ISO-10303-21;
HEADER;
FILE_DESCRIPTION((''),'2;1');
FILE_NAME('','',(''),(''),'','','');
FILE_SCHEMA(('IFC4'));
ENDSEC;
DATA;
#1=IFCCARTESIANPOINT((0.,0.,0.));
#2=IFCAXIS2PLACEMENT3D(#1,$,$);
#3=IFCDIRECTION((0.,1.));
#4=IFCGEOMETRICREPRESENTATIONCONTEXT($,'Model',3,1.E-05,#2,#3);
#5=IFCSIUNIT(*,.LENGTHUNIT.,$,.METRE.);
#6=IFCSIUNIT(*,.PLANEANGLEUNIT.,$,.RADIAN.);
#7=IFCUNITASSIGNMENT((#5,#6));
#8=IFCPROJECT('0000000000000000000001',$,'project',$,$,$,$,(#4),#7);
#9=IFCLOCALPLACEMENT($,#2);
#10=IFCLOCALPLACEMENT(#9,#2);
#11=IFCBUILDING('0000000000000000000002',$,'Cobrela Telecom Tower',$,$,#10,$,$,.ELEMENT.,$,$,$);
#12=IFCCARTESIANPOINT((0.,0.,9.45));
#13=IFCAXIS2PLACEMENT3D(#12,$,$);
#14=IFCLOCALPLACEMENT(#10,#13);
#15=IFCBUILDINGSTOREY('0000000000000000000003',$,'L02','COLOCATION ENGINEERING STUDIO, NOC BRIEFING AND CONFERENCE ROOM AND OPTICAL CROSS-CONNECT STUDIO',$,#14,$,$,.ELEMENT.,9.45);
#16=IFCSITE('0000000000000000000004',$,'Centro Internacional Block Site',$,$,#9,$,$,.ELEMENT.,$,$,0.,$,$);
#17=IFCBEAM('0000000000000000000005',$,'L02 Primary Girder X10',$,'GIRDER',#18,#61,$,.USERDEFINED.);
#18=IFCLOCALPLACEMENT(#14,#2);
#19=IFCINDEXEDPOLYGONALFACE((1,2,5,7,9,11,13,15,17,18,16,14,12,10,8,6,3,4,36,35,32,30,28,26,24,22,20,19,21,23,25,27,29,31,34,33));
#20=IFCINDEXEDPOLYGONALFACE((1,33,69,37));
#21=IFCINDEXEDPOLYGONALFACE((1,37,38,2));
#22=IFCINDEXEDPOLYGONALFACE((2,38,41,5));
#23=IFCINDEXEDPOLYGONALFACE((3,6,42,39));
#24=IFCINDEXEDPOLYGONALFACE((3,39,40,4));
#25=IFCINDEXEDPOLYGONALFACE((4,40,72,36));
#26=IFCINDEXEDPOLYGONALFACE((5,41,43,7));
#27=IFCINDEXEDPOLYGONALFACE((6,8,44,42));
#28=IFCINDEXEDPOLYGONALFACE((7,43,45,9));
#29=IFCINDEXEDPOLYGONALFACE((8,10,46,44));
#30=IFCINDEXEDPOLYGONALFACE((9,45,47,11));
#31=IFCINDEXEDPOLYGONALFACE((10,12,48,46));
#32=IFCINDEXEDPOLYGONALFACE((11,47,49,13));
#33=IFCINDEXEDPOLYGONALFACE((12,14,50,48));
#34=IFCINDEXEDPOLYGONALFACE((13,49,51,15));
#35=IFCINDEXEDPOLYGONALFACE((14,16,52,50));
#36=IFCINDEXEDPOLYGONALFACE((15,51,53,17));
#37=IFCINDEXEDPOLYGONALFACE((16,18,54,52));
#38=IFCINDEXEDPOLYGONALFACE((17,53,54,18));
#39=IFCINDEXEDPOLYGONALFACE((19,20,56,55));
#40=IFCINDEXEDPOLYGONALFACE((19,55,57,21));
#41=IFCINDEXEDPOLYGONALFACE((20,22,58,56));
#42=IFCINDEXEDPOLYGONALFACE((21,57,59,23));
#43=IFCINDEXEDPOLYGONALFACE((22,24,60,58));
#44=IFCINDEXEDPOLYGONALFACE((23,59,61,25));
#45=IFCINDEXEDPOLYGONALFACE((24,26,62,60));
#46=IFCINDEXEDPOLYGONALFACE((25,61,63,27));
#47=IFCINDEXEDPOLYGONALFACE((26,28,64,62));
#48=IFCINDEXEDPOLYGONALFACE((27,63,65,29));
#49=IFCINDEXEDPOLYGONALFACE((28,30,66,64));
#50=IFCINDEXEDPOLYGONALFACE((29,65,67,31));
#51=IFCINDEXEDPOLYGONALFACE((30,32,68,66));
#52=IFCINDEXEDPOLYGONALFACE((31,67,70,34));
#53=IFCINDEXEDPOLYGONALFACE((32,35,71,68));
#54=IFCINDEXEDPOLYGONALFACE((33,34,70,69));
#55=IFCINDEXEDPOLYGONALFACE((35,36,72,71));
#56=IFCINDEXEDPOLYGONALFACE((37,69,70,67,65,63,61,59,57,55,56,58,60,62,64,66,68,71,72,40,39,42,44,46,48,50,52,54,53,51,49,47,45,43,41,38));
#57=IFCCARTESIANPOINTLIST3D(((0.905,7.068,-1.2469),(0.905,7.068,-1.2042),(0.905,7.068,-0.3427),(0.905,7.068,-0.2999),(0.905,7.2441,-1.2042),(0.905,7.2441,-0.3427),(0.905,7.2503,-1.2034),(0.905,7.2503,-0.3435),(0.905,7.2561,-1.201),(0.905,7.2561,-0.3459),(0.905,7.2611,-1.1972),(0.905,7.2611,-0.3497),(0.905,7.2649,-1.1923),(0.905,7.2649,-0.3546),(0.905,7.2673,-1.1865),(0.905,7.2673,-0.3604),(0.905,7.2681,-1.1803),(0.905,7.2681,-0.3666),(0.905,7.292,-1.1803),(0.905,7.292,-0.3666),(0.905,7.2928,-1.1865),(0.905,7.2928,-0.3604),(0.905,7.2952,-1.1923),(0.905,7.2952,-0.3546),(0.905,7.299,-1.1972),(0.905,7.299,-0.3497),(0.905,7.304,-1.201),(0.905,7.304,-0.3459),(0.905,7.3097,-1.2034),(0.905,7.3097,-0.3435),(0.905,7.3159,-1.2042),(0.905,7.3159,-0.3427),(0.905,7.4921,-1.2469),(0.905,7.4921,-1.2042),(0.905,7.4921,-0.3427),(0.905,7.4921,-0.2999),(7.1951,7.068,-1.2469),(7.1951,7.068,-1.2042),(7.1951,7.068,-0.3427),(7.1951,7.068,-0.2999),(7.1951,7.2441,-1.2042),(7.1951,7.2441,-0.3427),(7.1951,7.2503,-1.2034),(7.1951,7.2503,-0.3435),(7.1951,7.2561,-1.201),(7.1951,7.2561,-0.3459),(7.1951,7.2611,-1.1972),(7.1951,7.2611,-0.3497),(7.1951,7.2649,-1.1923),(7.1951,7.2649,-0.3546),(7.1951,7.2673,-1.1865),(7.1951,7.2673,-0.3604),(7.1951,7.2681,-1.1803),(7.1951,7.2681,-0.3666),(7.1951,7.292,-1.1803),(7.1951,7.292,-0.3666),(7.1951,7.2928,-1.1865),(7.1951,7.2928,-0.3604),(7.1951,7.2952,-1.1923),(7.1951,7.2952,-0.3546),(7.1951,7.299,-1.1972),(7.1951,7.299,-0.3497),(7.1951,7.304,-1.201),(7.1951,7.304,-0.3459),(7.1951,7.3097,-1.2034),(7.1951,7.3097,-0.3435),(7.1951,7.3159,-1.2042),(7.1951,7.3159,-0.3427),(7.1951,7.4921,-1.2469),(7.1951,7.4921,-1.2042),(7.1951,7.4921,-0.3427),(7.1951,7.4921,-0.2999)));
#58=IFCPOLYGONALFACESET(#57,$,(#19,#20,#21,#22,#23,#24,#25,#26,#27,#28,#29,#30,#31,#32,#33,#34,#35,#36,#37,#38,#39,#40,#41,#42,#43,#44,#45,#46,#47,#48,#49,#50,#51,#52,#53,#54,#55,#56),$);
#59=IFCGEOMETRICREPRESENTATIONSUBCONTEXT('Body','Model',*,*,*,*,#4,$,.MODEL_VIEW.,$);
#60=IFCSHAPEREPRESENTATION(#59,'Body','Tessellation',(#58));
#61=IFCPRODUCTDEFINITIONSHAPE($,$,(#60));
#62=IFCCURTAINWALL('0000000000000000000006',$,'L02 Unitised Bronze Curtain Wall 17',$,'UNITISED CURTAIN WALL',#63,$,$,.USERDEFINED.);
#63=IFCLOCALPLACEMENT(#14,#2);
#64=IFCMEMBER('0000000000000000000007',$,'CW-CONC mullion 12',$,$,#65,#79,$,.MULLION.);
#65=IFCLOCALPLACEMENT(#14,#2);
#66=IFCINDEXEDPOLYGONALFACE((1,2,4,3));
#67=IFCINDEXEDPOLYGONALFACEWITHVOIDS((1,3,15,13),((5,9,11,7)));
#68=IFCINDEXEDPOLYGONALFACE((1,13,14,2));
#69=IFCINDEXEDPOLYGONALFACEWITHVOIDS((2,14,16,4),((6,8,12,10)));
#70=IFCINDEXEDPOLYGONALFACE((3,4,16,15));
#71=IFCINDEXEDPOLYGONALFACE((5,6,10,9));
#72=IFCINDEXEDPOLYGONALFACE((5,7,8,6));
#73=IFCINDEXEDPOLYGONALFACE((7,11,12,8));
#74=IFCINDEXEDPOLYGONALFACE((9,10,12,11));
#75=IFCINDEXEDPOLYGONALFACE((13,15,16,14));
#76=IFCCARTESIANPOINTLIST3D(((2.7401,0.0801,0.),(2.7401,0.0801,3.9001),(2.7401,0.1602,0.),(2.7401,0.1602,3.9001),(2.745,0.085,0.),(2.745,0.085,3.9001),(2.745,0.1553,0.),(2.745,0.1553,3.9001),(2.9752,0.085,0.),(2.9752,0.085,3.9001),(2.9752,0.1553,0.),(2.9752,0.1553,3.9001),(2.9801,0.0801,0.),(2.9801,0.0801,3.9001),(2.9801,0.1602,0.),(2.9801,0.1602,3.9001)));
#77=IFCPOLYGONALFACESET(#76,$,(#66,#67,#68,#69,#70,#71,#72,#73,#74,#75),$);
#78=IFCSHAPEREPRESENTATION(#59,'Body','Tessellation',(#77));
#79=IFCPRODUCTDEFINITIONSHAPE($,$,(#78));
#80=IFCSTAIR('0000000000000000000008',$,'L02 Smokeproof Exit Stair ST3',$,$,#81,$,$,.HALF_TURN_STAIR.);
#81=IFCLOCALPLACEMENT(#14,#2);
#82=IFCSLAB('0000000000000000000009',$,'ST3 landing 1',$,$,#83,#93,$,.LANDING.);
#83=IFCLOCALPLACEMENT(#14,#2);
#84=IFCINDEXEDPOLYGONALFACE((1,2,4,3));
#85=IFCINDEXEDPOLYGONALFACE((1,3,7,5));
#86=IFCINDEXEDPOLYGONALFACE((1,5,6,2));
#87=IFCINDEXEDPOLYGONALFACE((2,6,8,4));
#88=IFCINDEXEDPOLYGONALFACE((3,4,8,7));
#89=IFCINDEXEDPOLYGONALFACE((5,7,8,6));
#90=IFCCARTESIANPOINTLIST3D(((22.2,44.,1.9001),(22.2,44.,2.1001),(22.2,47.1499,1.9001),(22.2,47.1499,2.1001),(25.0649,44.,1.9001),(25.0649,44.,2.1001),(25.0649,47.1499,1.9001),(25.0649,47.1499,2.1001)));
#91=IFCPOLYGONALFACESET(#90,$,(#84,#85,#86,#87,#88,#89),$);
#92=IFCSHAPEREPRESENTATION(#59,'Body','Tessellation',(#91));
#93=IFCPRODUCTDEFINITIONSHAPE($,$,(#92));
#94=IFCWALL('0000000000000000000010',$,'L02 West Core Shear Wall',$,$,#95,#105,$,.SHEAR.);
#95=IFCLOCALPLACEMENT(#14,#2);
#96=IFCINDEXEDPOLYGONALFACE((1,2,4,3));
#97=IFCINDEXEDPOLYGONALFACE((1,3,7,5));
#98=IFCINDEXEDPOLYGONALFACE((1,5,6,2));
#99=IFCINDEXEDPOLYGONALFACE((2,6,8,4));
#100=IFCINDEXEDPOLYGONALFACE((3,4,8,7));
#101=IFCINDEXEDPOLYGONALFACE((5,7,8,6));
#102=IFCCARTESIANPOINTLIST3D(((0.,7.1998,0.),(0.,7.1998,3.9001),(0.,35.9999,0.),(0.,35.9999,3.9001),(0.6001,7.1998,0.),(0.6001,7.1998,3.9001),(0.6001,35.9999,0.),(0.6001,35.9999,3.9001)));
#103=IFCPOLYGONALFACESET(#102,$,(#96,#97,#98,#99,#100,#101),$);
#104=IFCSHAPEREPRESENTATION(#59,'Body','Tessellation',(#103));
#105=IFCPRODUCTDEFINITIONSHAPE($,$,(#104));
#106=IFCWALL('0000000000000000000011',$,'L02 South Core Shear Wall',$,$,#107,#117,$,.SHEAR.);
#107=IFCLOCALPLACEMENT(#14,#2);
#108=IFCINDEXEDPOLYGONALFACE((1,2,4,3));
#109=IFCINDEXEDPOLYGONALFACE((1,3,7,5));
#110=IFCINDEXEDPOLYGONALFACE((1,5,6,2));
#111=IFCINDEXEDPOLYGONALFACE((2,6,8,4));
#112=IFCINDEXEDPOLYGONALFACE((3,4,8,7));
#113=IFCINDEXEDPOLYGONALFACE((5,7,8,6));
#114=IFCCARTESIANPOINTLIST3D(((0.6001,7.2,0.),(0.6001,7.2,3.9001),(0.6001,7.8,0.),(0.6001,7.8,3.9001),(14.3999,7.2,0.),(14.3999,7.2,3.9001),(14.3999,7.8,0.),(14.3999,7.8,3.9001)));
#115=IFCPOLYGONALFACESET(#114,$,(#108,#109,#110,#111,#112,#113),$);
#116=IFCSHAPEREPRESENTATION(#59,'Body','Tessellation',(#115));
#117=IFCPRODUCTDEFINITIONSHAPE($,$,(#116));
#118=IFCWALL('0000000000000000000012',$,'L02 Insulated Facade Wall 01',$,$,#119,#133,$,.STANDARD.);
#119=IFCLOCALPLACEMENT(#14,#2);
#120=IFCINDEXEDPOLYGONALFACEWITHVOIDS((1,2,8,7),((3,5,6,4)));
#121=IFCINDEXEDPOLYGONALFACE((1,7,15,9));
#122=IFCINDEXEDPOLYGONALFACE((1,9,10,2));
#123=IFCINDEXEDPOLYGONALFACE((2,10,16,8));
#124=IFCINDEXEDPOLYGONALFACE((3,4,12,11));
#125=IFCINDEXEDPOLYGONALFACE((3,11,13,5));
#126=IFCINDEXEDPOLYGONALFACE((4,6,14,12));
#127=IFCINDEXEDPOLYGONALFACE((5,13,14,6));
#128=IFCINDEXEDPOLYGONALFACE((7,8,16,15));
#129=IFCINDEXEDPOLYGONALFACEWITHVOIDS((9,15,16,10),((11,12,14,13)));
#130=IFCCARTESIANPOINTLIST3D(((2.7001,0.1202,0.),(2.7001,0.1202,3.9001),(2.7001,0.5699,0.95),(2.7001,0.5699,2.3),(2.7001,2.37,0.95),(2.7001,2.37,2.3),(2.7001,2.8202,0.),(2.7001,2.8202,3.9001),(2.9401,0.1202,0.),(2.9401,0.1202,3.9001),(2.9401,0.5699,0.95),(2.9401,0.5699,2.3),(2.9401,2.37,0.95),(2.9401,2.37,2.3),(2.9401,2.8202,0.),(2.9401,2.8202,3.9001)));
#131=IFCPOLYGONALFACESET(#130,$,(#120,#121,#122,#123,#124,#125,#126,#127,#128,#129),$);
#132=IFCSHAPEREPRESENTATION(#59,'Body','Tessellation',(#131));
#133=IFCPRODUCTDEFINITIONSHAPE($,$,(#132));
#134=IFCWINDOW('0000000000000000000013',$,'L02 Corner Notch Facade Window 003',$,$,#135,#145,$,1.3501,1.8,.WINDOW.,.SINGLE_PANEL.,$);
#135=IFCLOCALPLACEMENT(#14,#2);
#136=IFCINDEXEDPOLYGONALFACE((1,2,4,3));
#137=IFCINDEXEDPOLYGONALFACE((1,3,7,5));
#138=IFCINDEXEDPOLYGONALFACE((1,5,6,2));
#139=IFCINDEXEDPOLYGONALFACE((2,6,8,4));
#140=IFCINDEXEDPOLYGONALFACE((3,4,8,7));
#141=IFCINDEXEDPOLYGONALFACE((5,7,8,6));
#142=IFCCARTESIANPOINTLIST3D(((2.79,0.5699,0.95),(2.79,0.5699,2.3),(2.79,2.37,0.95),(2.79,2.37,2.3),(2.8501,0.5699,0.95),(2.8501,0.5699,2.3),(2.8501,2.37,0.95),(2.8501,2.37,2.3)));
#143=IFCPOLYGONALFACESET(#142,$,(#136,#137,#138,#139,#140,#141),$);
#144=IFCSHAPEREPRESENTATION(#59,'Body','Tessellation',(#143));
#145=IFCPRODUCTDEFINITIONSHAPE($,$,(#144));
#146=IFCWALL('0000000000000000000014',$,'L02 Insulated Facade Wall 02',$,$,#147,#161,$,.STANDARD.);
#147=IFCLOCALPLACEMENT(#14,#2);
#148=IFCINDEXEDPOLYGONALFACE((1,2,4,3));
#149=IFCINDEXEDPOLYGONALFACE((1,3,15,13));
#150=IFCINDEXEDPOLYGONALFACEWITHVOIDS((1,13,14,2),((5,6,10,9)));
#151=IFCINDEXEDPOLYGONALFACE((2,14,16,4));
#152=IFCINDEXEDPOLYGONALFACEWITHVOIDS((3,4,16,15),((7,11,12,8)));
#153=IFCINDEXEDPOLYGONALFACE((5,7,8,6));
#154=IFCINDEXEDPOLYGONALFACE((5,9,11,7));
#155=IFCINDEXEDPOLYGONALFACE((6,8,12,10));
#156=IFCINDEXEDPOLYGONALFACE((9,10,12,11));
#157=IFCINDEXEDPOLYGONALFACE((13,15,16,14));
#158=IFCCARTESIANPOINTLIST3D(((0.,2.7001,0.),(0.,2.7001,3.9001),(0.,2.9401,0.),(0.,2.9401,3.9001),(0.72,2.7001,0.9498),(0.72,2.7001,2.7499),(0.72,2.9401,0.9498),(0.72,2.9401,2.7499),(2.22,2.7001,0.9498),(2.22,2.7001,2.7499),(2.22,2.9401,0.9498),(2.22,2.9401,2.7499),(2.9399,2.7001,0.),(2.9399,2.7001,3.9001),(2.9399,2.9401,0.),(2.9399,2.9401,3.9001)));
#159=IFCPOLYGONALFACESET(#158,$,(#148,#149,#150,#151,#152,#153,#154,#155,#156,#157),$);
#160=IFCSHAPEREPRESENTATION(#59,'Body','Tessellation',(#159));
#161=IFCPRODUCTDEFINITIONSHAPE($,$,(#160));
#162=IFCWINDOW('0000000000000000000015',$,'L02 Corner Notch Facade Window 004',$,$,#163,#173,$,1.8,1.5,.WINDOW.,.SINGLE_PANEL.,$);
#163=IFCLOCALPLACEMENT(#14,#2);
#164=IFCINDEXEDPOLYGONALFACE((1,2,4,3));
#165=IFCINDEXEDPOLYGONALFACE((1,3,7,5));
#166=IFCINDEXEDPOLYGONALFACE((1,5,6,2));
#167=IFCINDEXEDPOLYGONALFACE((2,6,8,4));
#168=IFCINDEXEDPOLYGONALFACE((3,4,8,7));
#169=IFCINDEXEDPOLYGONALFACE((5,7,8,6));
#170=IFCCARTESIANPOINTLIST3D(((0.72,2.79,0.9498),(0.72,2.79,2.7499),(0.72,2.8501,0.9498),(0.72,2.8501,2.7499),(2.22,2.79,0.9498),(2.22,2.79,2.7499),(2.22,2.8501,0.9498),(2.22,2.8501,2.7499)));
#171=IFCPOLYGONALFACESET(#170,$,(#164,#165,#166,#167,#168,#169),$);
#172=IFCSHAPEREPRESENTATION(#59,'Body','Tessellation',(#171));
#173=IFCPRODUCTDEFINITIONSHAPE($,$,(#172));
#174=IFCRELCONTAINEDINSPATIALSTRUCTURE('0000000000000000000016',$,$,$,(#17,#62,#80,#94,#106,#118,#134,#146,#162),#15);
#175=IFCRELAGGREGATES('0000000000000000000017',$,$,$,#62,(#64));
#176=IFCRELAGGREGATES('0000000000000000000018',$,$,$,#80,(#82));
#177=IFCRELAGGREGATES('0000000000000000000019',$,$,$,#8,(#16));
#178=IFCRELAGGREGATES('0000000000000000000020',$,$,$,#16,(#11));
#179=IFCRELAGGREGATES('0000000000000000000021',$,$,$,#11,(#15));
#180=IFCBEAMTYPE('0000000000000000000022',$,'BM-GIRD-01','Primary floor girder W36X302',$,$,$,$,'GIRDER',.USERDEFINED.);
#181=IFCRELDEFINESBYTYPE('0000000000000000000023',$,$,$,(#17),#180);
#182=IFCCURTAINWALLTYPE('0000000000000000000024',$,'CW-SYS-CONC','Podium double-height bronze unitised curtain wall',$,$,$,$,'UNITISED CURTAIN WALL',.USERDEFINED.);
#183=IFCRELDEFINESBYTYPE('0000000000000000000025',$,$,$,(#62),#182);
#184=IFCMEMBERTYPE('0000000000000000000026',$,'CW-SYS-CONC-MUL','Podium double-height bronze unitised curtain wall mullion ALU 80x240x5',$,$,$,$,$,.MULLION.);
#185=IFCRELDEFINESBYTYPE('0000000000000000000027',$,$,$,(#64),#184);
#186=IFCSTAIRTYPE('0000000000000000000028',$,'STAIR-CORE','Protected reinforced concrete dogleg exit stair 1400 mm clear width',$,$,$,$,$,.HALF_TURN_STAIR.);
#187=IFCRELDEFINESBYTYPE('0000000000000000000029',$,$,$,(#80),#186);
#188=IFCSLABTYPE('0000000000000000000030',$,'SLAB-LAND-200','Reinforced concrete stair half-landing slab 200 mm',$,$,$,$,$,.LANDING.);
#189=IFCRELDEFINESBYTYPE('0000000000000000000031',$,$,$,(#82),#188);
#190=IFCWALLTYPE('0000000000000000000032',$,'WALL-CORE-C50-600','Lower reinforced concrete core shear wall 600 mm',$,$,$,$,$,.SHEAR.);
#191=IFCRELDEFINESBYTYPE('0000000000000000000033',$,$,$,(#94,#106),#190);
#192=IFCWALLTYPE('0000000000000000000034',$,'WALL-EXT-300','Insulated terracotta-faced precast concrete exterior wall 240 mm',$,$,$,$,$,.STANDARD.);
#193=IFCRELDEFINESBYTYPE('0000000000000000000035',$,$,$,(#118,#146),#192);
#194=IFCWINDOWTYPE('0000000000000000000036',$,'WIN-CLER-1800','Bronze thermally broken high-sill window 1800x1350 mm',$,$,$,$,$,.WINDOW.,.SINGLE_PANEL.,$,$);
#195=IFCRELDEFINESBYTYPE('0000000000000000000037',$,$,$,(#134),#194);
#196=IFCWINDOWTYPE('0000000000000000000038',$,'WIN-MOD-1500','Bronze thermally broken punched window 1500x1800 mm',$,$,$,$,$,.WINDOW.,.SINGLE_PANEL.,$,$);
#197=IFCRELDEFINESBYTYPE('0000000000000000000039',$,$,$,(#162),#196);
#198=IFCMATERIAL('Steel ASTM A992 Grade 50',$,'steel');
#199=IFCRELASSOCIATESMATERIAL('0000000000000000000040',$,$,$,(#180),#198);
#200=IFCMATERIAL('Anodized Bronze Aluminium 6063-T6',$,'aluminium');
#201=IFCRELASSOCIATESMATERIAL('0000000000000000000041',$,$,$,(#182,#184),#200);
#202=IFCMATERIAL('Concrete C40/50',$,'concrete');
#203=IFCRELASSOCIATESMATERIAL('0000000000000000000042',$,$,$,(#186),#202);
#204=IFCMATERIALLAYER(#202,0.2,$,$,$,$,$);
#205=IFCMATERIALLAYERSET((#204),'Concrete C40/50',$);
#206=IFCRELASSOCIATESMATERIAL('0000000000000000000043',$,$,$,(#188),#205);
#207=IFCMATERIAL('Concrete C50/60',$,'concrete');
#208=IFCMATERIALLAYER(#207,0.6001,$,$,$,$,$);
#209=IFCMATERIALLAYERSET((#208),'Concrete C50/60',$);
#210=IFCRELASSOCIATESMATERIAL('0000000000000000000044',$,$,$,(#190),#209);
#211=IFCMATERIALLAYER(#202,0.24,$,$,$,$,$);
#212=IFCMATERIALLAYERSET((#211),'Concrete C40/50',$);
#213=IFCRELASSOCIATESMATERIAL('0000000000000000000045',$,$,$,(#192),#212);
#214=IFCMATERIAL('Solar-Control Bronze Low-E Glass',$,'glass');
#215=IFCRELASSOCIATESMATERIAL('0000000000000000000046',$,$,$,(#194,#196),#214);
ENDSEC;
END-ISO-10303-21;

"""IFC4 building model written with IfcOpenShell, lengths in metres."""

from ifc_helpers import new_model, si_unit, direction, frame, frame_2d, origin, origin_2d, place, context, subcontext, project, spatial, polyline, rectangle, hollow_rectangle, i_section, outline, extrude, material, layer, layer_set, material_profile, profile_set, type_object, element, fill, aggregate, save


model = new_model("IFC4")

# Units and contexts
model_context = context("Model", 3, precision=1e-05, world=origin(), true_north=direction((0.0, 1.0)))
body_context = subcontext(model_context, "Body", "Model", "MODEL_VIEW")
ifc_project = project(units=[si_unit("LENGTHUNIT", "METRE"), si_unit("PLANEANGLEUNIT", "RADIAN")], contexts=[model_context])

# Site, building, storey
site_placement = place(None, origin())
site = spatial("IfcSite", under=ifc_project, at=site_placement, Name="Centro Internacional Block Site", CompositionType="ELEMENT", RefElevation=0.0)
building_placement = place(site_placement, origin())
building = spatial("IfcBuilding", under=site, at=building_placement, Name="Cobrela Telecom Tower", CompositionType="ELEMENT")
storey_placement = place(building_placement, frame((0.0, 0.0, 9.45)))
storey = spatial("IfcBuildingStorey", under=building, at=storey_placement, Name="L02", Description="COLOCATION ENGINEERING STUDIO, NOC BRIEFING AND CONFERENCE ROOM AND OPTICAL CROSS-CONNECT STUDIO", CompositionType="ELEMENT", Elevation=9.45)

# Beam
ifc_material_1 = material(Name="Steel ASTM A992 Grade 50", Category="steel")
ifc_material_profile_1 = material_profile(ifc_material_1, i_section(OverallWidth=0.4241, OverallDepth=0.947, WebThickness=0.0239, FlangeThickness=0.0427, FilletRadius=0.0239, at=origin_2d()), Name="W36X302")
ifc_profile_set_1 = profile_set([ifc_material_profile_1], Name="Steel ASTM A992 Grade 50")
beam_type = type_object("IfcBeamType", Name="BM-GIRD-01", Description="Primary floor girder W36X302", ElementType="GIRDER", PredefinedType="USERDEFINED", material=ifc_profile_set_1)
beam_placement = place(storey_placement, frame((0.905, 7.28, -0.7734), z_axis=(1.0, 0.0, 0.0), x_axis=(0.0, 1.0, 0.0)))
element("IfcBeam", 1, at=beam_placement, inside=storey, type_object=beam_type, Name="L02 Primary Girder X10", ObjectType="GIRDER", PredefinedType="USERDEFINED", context=body_context, shape_type="SweptSolid", body=[
    extrude(i_section(OverallWidth=0.4241, OverallDepth=0.947, WebThickness=0.0239, FlangeThickness=0.0427, FilletRadius=0.0239, at=origin_2d()), origin(), (0.0, 0.0, 1.0), 6.29),
])

# Curtain wall, member
ifc_material_2 = material(Name="Anodized Bronze Aluminium 6063-T6", Category="aluminium")
curtain_wall_type = type_object("IfcCurtainWallType", Name="CW-SYS-CONC", Description="Podium double-height bronze unitised curtain wall", ElementType="UNITISED CURTAIN WALL", PredefinedType="USERDEFINED", material=ifc_material_2)
curtain_wall_placement = place(storey_placement, origin())
curtain_wall = element("IfcCurtainWall", 2, at=curtain_wall_placement, inside=storey, type_object=curtain_wall_type, Name="L02 Unitised Bronze Curtain Wall 17", ObjectType="UNITISED CURTAIN WALL", PredefinedType="USERDEFINED")
ifc_material_profile_2 = material_profile(ifc_material_2, hollow_rectangle(XDim=0.0801, YDim=0.24, WallThickness=0.0049, at=origin_2d()), Name="ALU 80x240x5")
ifc_profile_set_2 = profile_set([ifc_material_profile_2], Name="Anodized Bronze Aluminium 6063-T6")
member_type = type_object("IfcMemberType", Name="CW-SYS-CONC-MUL", Description="Podium double-height bronze unitised curtain wall mullion ALU 80x240x5", PredefinedType="MULLION", material=ifc_profile_set_2)
member_placement = place(storey_placement, frame((2.8601, 0.1201, 0.0), z_axis=(0.0, 0.0, 1.0), x_axis=(0.0, -1.0, 0.0)))
member = element("IfcMember", 3, at=member_placement, type_object=member_type, Name="CW-CONC mullion 12", PredefinedType="MULLION", context=body_context, shape_type="SweptSolid", body=[
    extrude(hollow_rectangle(XDim=0.0801, YDim=0.24, WallThickness=0.0049, at=origin_2d()), origin(), (0.0, 0.0, 1.0), 3.9001),
])
aggregate(curtain_wall, [member])

# Stair, slab
ifc_material_3 = material(Name="Concrete C40/50", Category="concrete")
stair_type = type_object("IfcStairType", Name="STAIR-CORE", Description="Protected reinforced concrete dogleg exit stair 1400 mm clear width", PredefinedType="HALF_TURN_STAIR", material=ifc_material_3)
stair_placement = place(storey_placement, origin())
stair = element("IfcStair", 4, at=stair_placement, inside=storey, type_object=stair_type, Name="L02 Smokeproof Exit Stair ST3", PredefinedType="HALF_TURN_STAIR")
ifc_layer_1 = layer(ifc_material_3, 0.2)
ifc_layer_set_1 = layer_set([ifc_layer_1], Name="Concrete C40/50")
slab_type = type_object("IfcSlabType", Name="SLAB-LAND-200", Description="Reinforced concrete stair half-landing slab 200 mm", PredefinedType="LANDING", material=ifc_layer_set_1)
slab_placement = place(storey_placement, frame((0.0, 0.0, 1.9001)))
slab = element("IfcSlab", 5, at=slab_placement, type_object=slab_type, Name="ST3 landing 1", PredefinedType="LANDING", context=body_context, shape_type="SweptSolid", body=[
    extrude(outline(polyline([(25.0649, 47.1499), (22.2, 47.1499), (22.2, 44.0), (25.0649, 44.0), (25.0649, 47.1499)])), origin(), (0.0, 0.0, 1.0), 0.2),
])
aggregate(stair, [slab])

# Walls
ifc_material_4 = material(Name="Concrete C50/60", Category="concrete")
ifc_layer_2 = layer(ifc_material_4, 0.6001)
ifc_layer_set_2 = layer_set([ifc_layer_2], Name="Concrete C50/60")
wall_type_1 = type_object("IfcWallType", Name="WALL-CORE-C50-600", Description="Lower reinforced concrete core shear wall 600 mm", PredefinedType="SHEAR", material=ifc_layer_set_2)
wall_1_placement = place(storey_placement, frame((0.3, 7.2, 0.0), z_axis=(0.0, 0.0, 1.0), x_axis=(0.0, 1.0, 0.0)))
element("IfcWall", 6, at=wall_1_placement, inside=storey, type_object=wall_type_1, Name="L02 West Core Shear Wall", PredefinedType="SHEAR", context=body_context, shape_type="SweptSolid", body=[
    extrude(rectangle(XDim=28.8, YDim=0.6001, at=frame_2d((14.3999, 0.0))), origin(), (0.0, 0.0, 1.0), 3.9001),
])
wall_2_placement = place(storey_placement, frame((0.6001, 7.5, 0.0), z_axis=(0.0, 0.0, 1.0), x_axis=(1.0, 0.0, 0.0)))
element("IfcWall", 7, at=wall_2_placement, inside=storey, type_object=wall_type_1, Name="L02 South Core Shear Wall", PredefinedType="SHEAR", context=body_context, shape_type="SweptSolid", body=[
    extrude(rectangle(XDim=13.7998, YDim=0.6001, at=frame_2d((6.8999, 0.0))), origin(), (0.0, 0.0, 1.0), 3.9001),
])

# Walls, openings, windows
ifc_layer_3 = layer(ifc_material_3, 0.24)
ifc_layer_set_3 = layer_set([ifc_layer_3], Name="Concrete C40/50")
wall_type_2 = type_object("IfcWallType", Name="WALL-EXT-300", Description="Insulated terracotta-faced precast concrete exterior wall 240 mm", PredefinedType="STANDARD", material=ifc_layer_set_3)
wall_3_placement = place(storey_placement, frame((2.8201, 0.1201, 0.0), z_axis=(0.0, 0.0, 1.0), x_axis=(0.0, 1.0, 0.0)))
wall_3 = element("IfcWall", 8, at=wall_3_placement, inside=storey, type_object=wall_type_2, Name="L02 Insulated Facade Wall 01", PredefinedType="STANDARD", context=body_context, shape_type="SweptSolid", body=[
    extrude(rectangle(XDim=2.7, YDim=0.24, at=frame_2d((1.3501, 0.0))), origin(), (0.0, 0.0, 1.0), 3.9001),
])
opening_1_placement = place(wall_3_placement, frame((0.45, 0.0, 0.95)))
opening_1 = element("IfcOpeningElement", 9, at=opening_1_placement, cuts=wall_3, PredefinedType="OPENING", context=body_context, shape_type="SweptSolid", body=[
    extrude(rectangle(XDim=1.8, YDim=1.3501, at=frame_2d((0.8999, 0.675))), frame((0.0, 0.1318, 0.0), z_axis=(0.0, -1.0, 0.0), x_axis=(1.0, 0.0, 0.0)), (0.0, 0.0, 1.0), 0.2639),
])
ifc_material_5 = material(Name="Solar-Control Bronze Low-E Glass", Category="glass")
window_type_1 = type_object("IfcWindowType", Name="WIN-CLER-1800", Description="Bronze thermally broken high-sill window 1800x1350 mm", PartitioningType="SINGLE_PANEL", PredefinedType="WINDOW", material=ifc_material_5)
window_1_placement = place(opening_1_placement, origin())
window_1 = element("IfcWindow", 10, at=window_1_placement, inside=storey, type_object=window_type_1, Name="L02 Corner Notch Facade Window 003", OverallHeight=1.3501, OverallWidth=1.8, PartitioningType="SINGLE_PANEL", PredefinedType="WINDOW", context=body_context, shape_type="SweptSolid", body=[
    extrude(rectangle(XDim=1.8, YDim=1.3501, at=frame_2d((0.8999, 0.675))), frame((0.0, 0.03, 0.0), z_axis=(0.0, -1.0, 0.0), x_axis=(1.0, 0.0, 0.0)), (0.0, 0.0, 1.0), 0.0601),
])
fill(opening_1, window_1)
wall_4_placement = place(storey_placement, frame((2.9399, 2.8201, 0.0), z_axis=(0.0, 0.0, 1.0), x_axis=(-1.0, 0.0, 0.0)))
wall_4 = element("IfcWall", 11, at=wall_4_placement, inside=storey, type_object=wall_type_2, Name="L02 Insulated Facade Wall 02", PredefinedType="STANDARD", context=body_context, shape_type="SweptSolid", body=[
    extrude(rectangle(XDim=2.9399, YDim=0.24, at=frame_2d((1.47, 0.0))), origin(), (0.0, 0.0, 1.0), 3.9001),
])
opening_2_placement = place(wall_4_placement, frame((0.72, 0.0, 0.95)))
opening_2 = element("IfcOpeningElement", 12, at=opening_2_placement, cuts=wall_4, PredefinedType="OPENING", context=body_context, shape_type="SweptSolid", body=[
    extrude(rectangle(XDim=1.5, YDim=1.8, at=frame_2d((0.75, 0.8999))), frame((0.0, 0.1318, 0.0), z_axis=(0.0, -1.0, 0.0), x_axis=(1.0, 0.0, 0.0)), (0.0, 0.0, 1.0), 0.2639),
])
window_type_2 = type_object("IfcWindowType", Name="WIN-MOD-1500", Description="Bronze thermally broken punched window 1500x1800 mm", PartitioningType="SINGLE_PANEL", PredefinedType="WINDOW", material=ifc_material_5)
window_2_placement = place(opening_2_placement, origin())
window_2 = element("IfcWindow", 13, at=window_2_placement, inside=storey, type_object=window_type_2, Name="L02 Corner Notch Facade Window 004", OverallHeight=1.8, OverallWidth=1.5, PartitioningType="SINGLE_PANEL", PredefinedType="WINDOW", context=body_context, shape_type="SweptSolid", body=[
    extrude(rectangle(XDim=1.5, YDim=1.8, at=frame_2d((0.75, 0.8999))), frame((0.0, 0.03, 0.0), z_axis=(0.0, -1.0, 0.0), x_axis=(1.0, 0.0, 0.0)), (0.0, 0.0, 1.0), 0.0601),
])
fill(opening_2, window_2)

save(model, "model.ifc")
